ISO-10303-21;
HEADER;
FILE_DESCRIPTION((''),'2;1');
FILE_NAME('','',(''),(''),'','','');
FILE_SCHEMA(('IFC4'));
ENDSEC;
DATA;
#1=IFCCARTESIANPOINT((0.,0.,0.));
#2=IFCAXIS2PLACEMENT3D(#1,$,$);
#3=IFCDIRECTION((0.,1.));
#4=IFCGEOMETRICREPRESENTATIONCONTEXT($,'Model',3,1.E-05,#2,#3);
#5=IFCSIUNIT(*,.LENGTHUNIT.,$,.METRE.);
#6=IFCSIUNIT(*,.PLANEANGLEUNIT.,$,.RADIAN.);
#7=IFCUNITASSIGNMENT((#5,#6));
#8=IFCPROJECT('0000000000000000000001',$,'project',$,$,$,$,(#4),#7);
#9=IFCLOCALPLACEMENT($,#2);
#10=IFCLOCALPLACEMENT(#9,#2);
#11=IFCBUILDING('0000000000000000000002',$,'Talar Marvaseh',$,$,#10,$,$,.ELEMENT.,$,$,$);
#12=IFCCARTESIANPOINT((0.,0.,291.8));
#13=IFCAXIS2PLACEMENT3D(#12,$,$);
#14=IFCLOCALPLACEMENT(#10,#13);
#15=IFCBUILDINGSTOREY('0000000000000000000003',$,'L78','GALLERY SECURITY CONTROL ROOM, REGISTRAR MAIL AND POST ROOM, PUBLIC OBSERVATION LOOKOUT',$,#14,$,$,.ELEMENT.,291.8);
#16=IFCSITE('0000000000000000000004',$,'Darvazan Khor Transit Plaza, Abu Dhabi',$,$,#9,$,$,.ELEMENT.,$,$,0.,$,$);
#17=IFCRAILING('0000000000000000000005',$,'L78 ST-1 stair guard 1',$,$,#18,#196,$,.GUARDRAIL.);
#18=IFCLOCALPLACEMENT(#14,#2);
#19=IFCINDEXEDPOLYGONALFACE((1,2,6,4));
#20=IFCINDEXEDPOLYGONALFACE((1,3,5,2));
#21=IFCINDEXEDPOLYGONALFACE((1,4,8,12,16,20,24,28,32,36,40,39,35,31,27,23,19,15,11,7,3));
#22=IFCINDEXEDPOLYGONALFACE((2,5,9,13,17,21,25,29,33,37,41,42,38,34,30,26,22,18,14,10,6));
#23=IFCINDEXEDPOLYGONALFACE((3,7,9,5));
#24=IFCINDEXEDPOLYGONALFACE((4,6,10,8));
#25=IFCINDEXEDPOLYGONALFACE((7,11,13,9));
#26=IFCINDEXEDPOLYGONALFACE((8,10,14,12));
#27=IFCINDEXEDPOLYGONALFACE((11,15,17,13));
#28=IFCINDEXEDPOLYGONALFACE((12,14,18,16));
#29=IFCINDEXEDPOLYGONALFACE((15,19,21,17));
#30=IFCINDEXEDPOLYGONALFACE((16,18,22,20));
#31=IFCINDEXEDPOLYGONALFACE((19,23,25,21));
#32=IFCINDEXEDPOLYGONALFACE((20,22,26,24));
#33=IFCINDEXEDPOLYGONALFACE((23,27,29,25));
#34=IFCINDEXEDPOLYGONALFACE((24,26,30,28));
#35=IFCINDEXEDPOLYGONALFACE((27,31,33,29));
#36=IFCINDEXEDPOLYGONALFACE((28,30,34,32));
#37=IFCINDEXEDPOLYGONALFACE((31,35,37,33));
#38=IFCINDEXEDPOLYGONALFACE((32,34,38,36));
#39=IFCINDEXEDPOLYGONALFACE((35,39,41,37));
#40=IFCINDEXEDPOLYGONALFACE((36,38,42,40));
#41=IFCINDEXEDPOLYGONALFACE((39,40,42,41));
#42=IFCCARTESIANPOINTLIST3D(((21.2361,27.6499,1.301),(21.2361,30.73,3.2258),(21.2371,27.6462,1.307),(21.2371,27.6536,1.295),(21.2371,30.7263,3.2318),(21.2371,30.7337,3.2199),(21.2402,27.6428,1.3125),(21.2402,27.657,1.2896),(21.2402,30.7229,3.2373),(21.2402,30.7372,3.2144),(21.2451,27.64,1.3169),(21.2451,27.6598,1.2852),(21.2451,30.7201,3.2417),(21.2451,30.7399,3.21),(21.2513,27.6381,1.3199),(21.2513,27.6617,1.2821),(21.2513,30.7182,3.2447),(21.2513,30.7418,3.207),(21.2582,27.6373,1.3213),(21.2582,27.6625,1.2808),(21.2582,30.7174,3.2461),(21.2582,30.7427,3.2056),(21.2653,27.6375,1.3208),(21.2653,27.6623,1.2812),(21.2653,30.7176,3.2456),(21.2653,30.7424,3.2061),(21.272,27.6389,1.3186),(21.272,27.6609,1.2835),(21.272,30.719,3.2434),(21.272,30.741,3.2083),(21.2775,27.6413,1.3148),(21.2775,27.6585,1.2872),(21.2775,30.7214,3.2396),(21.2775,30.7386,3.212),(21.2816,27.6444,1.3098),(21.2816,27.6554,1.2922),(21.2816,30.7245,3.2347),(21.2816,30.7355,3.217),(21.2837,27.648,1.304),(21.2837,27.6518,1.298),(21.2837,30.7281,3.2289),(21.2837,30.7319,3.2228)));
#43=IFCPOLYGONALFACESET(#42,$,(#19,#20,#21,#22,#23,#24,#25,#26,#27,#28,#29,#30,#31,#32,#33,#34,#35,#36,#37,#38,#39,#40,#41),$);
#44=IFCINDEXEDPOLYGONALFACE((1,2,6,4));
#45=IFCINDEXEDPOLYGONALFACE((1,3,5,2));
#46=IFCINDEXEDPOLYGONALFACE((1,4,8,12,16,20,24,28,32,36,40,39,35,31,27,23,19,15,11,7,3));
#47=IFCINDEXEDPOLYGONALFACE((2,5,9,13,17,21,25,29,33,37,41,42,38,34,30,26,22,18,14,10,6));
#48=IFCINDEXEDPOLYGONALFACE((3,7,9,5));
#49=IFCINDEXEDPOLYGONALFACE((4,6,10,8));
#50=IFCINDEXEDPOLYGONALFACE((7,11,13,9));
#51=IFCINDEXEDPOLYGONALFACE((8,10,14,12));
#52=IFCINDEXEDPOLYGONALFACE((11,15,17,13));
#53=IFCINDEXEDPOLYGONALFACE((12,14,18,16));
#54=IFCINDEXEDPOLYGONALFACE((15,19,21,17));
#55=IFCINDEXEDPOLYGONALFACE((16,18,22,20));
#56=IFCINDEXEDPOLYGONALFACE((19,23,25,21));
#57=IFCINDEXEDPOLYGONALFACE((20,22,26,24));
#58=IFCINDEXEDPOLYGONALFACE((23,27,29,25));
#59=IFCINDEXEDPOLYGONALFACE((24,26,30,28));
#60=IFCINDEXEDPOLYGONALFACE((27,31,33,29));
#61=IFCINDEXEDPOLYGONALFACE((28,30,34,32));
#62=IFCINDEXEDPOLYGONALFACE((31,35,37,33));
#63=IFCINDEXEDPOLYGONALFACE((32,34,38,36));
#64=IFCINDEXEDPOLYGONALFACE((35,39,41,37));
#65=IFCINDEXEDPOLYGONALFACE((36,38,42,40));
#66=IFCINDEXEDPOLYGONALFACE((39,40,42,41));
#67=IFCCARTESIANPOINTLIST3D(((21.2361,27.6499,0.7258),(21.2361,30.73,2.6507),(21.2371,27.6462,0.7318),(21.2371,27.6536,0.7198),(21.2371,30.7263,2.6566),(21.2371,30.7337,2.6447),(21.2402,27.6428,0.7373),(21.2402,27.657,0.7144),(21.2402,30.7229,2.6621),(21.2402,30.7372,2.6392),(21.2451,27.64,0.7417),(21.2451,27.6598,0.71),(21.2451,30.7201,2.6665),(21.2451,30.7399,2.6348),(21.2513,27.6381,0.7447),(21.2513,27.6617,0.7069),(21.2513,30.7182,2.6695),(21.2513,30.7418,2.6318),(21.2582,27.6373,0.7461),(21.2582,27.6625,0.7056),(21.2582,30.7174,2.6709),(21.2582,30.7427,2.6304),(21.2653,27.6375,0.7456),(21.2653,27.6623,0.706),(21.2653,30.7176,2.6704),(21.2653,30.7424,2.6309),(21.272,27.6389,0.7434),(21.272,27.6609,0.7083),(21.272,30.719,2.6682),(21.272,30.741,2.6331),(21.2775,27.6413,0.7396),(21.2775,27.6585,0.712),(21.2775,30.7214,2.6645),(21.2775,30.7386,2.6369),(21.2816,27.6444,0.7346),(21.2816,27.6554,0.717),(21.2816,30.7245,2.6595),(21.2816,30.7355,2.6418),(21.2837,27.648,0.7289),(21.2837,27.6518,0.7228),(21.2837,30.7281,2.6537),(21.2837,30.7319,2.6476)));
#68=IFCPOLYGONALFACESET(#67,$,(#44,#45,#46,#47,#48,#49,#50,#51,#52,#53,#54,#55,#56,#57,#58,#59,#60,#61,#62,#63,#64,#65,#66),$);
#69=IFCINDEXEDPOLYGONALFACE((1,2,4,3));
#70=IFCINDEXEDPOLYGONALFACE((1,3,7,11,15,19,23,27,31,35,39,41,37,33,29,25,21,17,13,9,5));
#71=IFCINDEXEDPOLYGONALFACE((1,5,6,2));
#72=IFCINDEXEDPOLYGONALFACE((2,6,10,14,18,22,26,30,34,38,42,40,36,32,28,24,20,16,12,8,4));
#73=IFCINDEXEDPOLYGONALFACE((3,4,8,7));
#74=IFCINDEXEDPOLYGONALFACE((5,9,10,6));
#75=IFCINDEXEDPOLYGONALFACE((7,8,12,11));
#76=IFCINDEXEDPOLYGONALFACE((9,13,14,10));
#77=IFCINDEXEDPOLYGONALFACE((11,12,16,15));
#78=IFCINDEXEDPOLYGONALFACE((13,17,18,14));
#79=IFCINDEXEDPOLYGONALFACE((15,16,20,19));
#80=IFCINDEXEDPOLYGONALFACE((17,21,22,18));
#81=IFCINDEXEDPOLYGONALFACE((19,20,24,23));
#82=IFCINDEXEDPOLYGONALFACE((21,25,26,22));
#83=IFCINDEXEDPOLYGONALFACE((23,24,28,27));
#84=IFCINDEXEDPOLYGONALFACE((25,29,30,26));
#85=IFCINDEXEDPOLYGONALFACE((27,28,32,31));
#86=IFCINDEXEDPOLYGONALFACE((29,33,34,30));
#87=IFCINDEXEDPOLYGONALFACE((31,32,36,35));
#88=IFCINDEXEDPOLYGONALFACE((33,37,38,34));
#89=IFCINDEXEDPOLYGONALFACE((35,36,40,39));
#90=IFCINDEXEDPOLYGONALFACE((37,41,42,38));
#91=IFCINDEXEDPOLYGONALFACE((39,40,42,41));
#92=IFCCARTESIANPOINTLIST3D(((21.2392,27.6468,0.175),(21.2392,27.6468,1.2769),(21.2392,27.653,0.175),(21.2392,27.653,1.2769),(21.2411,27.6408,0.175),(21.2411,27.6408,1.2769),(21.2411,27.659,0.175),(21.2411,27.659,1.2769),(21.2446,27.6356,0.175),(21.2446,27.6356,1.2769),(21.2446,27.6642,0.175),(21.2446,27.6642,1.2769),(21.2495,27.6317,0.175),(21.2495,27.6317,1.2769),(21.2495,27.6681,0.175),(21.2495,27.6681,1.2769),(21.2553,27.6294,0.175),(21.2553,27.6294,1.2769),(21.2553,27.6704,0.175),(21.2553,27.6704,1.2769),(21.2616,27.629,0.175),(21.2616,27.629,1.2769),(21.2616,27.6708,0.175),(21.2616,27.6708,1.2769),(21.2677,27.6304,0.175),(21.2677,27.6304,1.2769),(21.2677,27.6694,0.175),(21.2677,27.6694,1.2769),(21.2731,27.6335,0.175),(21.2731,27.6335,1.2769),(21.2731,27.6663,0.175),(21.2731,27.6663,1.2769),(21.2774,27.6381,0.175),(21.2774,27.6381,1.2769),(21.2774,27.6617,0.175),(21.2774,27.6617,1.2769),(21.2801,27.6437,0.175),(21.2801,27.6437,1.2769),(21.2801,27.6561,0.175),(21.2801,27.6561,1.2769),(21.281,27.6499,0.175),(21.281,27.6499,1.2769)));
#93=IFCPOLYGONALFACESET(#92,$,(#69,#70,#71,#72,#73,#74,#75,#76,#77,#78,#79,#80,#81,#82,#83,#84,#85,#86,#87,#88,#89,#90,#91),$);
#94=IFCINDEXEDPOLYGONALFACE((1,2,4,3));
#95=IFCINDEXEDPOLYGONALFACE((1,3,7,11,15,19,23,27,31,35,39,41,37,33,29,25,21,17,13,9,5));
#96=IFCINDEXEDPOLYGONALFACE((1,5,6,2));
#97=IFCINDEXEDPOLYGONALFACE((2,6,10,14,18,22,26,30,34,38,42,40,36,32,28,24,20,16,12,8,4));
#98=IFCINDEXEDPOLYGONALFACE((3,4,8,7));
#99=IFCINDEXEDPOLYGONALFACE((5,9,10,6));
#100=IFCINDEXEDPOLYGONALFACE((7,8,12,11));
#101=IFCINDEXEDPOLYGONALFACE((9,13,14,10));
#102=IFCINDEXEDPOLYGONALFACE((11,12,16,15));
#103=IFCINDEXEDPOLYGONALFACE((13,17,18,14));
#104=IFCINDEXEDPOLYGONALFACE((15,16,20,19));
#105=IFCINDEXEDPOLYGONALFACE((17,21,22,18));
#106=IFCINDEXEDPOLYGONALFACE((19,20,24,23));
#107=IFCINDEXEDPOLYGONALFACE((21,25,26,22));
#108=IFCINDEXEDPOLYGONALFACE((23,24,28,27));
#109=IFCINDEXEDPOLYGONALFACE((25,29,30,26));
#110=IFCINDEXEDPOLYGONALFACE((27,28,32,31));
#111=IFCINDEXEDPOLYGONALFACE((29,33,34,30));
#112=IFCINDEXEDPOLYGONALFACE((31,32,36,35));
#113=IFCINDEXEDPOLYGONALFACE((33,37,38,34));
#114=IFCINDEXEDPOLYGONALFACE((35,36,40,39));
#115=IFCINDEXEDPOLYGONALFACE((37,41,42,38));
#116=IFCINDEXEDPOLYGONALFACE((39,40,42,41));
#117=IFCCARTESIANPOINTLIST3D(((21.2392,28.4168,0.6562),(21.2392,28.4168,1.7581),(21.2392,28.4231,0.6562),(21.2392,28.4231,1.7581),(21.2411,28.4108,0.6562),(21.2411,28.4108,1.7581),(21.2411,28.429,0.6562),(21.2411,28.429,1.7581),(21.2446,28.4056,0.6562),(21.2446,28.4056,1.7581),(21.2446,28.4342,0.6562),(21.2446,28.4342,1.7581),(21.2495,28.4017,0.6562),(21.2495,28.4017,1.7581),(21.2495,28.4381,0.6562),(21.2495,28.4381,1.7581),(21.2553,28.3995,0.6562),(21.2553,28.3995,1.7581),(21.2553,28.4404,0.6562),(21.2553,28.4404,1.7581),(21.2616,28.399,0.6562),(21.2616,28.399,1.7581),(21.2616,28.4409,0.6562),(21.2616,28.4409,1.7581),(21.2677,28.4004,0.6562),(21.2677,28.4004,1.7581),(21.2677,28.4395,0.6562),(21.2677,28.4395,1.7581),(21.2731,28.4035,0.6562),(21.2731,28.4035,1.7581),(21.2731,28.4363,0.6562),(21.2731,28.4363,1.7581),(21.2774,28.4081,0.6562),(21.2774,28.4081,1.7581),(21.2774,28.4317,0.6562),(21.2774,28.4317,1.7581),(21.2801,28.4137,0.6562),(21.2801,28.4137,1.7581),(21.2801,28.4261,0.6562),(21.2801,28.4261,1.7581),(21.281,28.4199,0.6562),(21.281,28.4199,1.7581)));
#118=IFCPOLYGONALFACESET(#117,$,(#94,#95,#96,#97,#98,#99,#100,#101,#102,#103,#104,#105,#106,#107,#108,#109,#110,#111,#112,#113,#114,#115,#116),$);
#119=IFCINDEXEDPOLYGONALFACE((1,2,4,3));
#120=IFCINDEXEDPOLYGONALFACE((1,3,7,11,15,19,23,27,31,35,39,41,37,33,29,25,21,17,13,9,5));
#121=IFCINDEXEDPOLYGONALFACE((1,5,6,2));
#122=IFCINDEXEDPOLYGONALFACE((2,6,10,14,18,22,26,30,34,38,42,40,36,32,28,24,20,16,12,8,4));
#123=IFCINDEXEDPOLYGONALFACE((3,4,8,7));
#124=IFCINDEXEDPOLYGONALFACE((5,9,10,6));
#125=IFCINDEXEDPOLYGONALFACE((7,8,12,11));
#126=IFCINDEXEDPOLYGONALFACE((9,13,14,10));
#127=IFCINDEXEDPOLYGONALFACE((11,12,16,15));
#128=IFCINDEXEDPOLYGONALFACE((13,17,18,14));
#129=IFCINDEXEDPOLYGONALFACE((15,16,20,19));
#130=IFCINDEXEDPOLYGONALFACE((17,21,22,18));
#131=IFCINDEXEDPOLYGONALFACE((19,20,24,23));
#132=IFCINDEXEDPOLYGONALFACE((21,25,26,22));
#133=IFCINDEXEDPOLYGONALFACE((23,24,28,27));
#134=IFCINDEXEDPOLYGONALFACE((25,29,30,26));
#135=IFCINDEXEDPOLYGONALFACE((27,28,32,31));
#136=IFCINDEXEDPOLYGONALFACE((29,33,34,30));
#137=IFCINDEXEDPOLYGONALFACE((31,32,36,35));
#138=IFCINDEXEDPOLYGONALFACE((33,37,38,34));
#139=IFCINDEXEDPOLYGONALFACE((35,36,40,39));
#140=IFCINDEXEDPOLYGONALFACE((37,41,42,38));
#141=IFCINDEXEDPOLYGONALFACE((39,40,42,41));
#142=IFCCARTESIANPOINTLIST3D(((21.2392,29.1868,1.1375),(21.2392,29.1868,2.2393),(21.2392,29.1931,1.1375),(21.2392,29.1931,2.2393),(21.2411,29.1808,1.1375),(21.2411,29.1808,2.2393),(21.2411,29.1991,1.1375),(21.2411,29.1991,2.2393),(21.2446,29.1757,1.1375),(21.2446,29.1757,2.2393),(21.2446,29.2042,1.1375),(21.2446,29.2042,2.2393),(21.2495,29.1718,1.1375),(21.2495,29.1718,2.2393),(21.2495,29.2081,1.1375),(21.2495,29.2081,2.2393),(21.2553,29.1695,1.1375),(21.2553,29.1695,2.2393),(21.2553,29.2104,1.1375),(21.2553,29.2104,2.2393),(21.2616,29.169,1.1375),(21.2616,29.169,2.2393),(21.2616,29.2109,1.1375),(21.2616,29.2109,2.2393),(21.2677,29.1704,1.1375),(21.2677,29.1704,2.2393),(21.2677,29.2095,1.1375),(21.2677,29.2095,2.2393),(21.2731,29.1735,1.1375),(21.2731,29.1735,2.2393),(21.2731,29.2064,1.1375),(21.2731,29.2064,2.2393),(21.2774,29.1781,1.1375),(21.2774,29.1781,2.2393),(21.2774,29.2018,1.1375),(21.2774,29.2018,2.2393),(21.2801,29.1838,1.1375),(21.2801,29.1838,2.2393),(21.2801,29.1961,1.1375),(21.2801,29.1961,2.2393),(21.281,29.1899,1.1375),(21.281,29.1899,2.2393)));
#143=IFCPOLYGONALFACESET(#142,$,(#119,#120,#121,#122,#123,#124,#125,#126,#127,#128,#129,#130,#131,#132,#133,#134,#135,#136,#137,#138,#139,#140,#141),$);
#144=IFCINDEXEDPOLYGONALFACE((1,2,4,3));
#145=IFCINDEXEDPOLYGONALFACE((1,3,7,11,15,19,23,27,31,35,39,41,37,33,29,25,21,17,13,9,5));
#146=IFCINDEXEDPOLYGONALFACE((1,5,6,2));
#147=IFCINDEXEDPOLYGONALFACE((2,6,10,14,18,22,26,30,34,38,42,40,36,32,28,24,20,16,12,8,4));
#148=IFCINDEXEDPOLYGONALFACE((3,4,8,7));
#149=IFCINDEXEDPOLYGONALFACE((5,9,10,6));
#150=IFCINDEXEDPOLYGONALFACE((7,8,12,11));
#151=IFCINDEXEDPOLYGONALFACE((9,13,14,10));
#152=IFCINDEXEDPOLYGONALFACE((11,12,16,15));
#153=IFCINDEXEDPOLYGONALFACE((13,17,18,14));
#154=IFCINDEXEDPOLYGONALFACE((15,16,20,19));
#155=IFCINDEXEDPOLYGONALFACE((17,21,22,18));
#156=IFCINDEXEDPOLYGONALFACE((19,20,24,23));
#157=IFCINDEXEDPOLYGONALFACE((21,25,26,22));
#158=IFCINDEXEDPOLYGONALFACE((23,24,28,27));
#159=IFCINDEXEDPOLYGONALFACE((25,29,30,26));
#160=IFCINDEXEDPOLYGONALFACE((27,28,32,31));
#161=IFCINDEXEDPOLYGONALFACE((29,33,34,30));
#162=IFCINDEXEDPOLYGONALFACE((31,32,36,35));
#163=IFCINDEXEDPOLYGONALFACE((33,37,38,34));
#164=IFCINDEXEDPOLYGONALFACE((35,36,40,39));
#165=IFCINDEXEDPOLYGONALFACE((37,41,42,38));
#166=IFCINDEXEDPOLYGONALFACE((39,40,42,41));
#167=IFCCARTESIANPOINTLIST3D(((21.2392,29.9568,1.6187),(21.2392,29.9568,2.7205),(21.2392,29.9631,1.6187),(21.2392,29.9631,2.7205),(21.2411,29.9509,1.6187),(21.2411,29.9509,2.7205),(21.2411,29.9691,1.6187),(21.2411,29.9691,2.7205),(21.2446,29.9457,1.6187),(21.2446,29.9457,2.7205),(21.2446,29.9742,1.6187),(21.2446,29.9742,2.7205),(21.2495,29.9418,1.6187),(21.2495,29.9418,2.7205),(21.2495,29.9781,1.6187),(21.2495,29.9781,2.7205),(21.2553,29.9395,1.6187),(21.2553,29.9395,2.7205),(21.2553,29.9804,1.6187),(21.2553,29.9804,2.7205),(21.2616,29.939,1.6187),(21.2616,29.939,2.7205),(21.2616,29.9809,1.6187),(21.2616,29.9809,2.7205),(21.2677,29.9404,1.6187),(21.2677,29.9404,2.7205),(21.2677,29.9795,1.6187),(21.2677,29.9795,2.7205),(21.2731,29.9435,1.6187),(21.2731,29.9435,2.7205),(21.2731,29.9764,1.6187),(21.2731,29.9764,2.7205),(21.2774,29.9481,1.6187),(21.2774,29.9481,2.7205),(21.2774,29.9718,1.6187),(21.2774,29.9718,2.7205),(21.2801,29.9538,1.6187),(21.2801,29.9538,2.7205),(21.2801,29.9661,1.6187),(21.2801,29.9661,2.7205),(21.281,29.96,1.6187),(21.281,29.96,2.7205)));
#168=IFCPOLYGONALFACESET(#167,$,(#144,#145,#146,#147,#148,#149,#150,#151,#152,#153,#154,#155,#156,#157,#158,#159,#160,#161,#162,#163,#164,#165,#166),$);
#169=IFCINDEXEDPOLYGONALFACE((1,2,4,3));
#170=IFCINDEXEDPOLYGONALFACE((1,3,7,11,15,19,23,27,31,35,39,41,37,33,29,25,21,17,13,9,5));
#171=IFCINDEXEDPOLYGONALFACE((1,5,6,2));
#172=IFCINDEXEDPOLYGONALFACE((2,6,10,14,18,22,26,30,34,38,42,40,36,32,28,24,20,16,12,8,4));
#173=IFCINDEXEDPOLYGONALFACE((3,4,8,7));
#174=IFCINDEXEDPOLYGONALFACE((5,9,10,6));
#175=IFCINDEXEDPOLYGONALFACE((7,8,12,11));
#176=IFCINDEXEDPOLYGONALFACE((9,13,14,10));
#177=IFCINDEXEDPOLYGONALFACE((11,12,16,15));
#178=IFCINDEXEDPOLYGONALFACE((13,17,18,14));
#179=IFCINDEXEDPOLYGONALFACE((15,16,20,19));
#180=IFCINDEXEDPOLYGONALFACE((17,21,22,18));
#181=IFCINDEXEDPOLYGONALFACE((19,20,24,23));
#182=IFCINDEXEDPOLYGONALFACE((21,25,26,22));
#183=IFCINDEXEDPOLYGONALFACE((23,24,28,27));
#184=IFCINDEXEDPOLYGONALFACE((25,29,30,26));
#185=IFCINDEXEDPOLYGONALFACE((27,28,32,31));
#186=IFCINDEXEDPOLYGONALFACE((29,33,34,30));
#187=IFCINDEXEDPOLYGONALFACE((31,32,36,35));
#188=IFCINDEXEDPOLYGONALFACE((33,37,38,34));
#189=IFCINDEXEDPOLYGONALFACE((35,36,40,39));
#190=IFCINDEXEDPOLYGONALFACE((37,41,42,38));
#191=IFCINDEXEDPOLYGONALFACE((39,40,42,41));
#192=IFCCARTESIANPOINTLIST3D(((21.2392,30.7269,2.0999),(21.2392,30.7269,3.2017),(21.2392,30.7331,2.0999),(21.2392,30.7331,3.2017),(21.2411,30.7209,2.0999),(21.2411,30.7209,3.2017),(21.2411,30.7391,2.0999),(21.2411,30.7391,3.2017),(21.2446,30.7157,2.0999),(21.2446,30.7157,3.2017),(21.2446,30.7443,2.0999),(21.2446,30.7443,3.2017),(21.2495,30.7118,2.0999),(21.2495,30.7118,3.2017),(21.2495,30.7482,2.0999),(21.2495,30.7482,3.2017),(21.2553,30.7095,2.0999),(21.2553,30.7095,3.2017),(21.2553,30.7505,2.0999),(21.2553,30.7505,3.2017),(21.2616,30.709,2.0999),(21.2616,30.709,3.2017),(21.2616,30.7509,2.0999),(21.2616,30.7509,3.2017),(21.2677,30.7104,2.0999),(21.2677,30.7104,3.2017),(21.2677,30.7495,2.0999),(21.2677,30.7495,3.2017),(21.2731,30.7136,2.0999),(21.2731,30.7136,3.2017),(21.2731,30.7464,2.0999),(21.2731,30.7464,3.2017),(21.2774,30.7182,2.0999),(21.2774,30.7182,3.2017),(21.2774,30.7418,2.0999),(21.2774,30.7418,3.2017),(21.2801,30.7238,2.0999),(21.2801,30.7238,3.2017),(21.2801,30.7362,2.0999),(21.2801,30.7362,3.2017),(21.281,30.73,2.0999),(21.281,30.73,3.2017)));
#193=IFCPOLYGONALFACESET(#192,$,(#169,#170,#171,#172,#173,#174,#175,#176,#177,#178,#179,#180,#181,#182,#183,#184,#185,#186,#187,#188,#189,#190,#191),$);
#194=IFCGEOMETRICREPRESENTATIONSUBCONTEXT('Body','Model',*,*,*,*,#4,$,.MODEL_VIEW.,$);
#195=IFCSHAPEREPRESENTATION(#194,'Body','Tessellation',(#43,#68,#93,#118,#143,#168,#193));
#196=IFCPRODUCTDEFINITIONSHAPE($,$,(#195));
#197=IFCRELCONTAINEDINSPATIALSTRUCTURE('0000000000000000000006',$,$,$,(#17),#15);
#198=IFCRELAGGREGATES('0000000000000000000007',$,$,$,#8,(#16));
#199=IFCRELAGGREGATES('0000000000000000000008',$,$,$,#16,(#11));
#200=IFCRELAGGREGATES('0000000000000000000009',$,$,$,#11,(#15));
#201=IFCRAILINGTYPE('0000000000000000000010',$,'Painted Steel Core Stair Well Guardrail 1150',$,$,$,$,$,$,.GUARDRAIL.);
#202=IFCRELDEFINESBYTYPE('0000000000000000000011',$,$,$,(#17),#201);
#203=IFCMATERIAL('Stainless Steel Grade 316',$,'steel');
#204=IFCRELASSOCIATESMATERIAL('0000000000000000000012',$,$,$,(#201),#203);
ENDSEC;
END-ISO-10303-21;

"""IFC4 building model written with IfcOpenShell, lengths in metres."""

from ifc_helpers import new_model, si_unit, direction, frame, origin, origin_2d, place, context, subcontext, project, spatial, circle, extrude, material, type_object, element, save


model = new_model("IFC4")

# Units and contexts
model_context = context("Model", 3, precision=1e-05, world=origin(), true_north=direction((0.0, 1.0)))
body_context = subcontext(model_context, "Body", "Model", "MODEL_VIEW")
ifc_project = project(units=[si_unit("LENGTHUNIT", "METRE"), si_unit("PLANEANGLEUNIT", "RADIAN")], contexts=[model_context])

# Site, building, storey
site_placement = place(None, origin())
site = spatial("IfcSite", under=ifc_project, at=site_placement, Name="Darvazan Khor Transit Plaza, Abu Dhabi", CompositionType="ELEMENT", RefElevation=0.0)
building_placement = place(site_placement, origin())
building = spatial("IfcBuilding", under=site, at=building_placement, Name="Talar Marvaseh", CompositionType="ELEMENT")
storey_placement = place(building_placement, frame((0.0, 0.0, 291.8)))
storey = spatial("IfcBuildingStorey", under=building, at=storey_placement, Name="L78", Description="GALLERY SECURITY CONTROL ROOM, REGISTRAR MAIL AND POST ROOM, PUBLIC OBSERVATION LOOKOUT", CompositionType="ELEMENT", Elevation=291.8)

# Railing
ifc_material_1 = material(Name="Stainless Steel Grade 316", Category="steel")
railing_type_1 = type_object("IfcRailingType", Name="Painted Steel Core Stair Well Guardrail 1150", PredefinedType="GUARDRAIL", material=ifc_material_1)
railing_1_placement = place(storey_placement, frame((21.26, 27.6499, 0.175)))
element("IfcRailing", 1, at=railing_1_placement, inside=storey, type_object=railing_type_1, Name="L78 ST-1 stair guard 1", PredefinedType="GUARDRAIL", context=body_context, shape_type="SweptSolid", body=[
    extrude(circle(Radius=0.0239, at=origin_2d()), frame((0.0, 0.0, 1.126), z_axis=(0.0, 0.848029, 0.529951), x_axis=(-1.0, 0.0, 0.0)), (0.0, 0.0, 1.0), 3.6321),
    extrude(circle(Radius=0.0239, at=origin_2d()), frame((0.0, 0.0, 0.5508), z_axis=(0.0, 0.848029, 0.529951), x_axis=(-1.0, 0.0, 0.0)), (0.0, 0.0, 1.0), 3.6321),
    extrude(circle(Radius=0.021, at=origin_2d()), origin(), (0.0, 0.0, 1.0), 1.1018),
    extrude(circle(Radius=0.021, at=origin_2d()), frame((0.0, 0.77, 0.4812)), (0.0, 0.0, 1.0), 1.1018),
    extrude(circle(Radius=0.021, at=origin_2d()), frame((0.0, 1.54, 0.9624)), (0.0, 0.0, 1.0), 1.1018),
    extrude(circle(Radius=0.021, at=origin_2d()), frame((0.0, 2.3101, 1.4436)), (0.0, 0.0, 1.0), 1.1018),
    extrude(circle(Radius=0.021, at=origin_2d()), frame((0.0, 3.0801, 1.9248)), (0.0, 0.0, 1.0), 1.1018),
])

save(model, "model.ifc")
